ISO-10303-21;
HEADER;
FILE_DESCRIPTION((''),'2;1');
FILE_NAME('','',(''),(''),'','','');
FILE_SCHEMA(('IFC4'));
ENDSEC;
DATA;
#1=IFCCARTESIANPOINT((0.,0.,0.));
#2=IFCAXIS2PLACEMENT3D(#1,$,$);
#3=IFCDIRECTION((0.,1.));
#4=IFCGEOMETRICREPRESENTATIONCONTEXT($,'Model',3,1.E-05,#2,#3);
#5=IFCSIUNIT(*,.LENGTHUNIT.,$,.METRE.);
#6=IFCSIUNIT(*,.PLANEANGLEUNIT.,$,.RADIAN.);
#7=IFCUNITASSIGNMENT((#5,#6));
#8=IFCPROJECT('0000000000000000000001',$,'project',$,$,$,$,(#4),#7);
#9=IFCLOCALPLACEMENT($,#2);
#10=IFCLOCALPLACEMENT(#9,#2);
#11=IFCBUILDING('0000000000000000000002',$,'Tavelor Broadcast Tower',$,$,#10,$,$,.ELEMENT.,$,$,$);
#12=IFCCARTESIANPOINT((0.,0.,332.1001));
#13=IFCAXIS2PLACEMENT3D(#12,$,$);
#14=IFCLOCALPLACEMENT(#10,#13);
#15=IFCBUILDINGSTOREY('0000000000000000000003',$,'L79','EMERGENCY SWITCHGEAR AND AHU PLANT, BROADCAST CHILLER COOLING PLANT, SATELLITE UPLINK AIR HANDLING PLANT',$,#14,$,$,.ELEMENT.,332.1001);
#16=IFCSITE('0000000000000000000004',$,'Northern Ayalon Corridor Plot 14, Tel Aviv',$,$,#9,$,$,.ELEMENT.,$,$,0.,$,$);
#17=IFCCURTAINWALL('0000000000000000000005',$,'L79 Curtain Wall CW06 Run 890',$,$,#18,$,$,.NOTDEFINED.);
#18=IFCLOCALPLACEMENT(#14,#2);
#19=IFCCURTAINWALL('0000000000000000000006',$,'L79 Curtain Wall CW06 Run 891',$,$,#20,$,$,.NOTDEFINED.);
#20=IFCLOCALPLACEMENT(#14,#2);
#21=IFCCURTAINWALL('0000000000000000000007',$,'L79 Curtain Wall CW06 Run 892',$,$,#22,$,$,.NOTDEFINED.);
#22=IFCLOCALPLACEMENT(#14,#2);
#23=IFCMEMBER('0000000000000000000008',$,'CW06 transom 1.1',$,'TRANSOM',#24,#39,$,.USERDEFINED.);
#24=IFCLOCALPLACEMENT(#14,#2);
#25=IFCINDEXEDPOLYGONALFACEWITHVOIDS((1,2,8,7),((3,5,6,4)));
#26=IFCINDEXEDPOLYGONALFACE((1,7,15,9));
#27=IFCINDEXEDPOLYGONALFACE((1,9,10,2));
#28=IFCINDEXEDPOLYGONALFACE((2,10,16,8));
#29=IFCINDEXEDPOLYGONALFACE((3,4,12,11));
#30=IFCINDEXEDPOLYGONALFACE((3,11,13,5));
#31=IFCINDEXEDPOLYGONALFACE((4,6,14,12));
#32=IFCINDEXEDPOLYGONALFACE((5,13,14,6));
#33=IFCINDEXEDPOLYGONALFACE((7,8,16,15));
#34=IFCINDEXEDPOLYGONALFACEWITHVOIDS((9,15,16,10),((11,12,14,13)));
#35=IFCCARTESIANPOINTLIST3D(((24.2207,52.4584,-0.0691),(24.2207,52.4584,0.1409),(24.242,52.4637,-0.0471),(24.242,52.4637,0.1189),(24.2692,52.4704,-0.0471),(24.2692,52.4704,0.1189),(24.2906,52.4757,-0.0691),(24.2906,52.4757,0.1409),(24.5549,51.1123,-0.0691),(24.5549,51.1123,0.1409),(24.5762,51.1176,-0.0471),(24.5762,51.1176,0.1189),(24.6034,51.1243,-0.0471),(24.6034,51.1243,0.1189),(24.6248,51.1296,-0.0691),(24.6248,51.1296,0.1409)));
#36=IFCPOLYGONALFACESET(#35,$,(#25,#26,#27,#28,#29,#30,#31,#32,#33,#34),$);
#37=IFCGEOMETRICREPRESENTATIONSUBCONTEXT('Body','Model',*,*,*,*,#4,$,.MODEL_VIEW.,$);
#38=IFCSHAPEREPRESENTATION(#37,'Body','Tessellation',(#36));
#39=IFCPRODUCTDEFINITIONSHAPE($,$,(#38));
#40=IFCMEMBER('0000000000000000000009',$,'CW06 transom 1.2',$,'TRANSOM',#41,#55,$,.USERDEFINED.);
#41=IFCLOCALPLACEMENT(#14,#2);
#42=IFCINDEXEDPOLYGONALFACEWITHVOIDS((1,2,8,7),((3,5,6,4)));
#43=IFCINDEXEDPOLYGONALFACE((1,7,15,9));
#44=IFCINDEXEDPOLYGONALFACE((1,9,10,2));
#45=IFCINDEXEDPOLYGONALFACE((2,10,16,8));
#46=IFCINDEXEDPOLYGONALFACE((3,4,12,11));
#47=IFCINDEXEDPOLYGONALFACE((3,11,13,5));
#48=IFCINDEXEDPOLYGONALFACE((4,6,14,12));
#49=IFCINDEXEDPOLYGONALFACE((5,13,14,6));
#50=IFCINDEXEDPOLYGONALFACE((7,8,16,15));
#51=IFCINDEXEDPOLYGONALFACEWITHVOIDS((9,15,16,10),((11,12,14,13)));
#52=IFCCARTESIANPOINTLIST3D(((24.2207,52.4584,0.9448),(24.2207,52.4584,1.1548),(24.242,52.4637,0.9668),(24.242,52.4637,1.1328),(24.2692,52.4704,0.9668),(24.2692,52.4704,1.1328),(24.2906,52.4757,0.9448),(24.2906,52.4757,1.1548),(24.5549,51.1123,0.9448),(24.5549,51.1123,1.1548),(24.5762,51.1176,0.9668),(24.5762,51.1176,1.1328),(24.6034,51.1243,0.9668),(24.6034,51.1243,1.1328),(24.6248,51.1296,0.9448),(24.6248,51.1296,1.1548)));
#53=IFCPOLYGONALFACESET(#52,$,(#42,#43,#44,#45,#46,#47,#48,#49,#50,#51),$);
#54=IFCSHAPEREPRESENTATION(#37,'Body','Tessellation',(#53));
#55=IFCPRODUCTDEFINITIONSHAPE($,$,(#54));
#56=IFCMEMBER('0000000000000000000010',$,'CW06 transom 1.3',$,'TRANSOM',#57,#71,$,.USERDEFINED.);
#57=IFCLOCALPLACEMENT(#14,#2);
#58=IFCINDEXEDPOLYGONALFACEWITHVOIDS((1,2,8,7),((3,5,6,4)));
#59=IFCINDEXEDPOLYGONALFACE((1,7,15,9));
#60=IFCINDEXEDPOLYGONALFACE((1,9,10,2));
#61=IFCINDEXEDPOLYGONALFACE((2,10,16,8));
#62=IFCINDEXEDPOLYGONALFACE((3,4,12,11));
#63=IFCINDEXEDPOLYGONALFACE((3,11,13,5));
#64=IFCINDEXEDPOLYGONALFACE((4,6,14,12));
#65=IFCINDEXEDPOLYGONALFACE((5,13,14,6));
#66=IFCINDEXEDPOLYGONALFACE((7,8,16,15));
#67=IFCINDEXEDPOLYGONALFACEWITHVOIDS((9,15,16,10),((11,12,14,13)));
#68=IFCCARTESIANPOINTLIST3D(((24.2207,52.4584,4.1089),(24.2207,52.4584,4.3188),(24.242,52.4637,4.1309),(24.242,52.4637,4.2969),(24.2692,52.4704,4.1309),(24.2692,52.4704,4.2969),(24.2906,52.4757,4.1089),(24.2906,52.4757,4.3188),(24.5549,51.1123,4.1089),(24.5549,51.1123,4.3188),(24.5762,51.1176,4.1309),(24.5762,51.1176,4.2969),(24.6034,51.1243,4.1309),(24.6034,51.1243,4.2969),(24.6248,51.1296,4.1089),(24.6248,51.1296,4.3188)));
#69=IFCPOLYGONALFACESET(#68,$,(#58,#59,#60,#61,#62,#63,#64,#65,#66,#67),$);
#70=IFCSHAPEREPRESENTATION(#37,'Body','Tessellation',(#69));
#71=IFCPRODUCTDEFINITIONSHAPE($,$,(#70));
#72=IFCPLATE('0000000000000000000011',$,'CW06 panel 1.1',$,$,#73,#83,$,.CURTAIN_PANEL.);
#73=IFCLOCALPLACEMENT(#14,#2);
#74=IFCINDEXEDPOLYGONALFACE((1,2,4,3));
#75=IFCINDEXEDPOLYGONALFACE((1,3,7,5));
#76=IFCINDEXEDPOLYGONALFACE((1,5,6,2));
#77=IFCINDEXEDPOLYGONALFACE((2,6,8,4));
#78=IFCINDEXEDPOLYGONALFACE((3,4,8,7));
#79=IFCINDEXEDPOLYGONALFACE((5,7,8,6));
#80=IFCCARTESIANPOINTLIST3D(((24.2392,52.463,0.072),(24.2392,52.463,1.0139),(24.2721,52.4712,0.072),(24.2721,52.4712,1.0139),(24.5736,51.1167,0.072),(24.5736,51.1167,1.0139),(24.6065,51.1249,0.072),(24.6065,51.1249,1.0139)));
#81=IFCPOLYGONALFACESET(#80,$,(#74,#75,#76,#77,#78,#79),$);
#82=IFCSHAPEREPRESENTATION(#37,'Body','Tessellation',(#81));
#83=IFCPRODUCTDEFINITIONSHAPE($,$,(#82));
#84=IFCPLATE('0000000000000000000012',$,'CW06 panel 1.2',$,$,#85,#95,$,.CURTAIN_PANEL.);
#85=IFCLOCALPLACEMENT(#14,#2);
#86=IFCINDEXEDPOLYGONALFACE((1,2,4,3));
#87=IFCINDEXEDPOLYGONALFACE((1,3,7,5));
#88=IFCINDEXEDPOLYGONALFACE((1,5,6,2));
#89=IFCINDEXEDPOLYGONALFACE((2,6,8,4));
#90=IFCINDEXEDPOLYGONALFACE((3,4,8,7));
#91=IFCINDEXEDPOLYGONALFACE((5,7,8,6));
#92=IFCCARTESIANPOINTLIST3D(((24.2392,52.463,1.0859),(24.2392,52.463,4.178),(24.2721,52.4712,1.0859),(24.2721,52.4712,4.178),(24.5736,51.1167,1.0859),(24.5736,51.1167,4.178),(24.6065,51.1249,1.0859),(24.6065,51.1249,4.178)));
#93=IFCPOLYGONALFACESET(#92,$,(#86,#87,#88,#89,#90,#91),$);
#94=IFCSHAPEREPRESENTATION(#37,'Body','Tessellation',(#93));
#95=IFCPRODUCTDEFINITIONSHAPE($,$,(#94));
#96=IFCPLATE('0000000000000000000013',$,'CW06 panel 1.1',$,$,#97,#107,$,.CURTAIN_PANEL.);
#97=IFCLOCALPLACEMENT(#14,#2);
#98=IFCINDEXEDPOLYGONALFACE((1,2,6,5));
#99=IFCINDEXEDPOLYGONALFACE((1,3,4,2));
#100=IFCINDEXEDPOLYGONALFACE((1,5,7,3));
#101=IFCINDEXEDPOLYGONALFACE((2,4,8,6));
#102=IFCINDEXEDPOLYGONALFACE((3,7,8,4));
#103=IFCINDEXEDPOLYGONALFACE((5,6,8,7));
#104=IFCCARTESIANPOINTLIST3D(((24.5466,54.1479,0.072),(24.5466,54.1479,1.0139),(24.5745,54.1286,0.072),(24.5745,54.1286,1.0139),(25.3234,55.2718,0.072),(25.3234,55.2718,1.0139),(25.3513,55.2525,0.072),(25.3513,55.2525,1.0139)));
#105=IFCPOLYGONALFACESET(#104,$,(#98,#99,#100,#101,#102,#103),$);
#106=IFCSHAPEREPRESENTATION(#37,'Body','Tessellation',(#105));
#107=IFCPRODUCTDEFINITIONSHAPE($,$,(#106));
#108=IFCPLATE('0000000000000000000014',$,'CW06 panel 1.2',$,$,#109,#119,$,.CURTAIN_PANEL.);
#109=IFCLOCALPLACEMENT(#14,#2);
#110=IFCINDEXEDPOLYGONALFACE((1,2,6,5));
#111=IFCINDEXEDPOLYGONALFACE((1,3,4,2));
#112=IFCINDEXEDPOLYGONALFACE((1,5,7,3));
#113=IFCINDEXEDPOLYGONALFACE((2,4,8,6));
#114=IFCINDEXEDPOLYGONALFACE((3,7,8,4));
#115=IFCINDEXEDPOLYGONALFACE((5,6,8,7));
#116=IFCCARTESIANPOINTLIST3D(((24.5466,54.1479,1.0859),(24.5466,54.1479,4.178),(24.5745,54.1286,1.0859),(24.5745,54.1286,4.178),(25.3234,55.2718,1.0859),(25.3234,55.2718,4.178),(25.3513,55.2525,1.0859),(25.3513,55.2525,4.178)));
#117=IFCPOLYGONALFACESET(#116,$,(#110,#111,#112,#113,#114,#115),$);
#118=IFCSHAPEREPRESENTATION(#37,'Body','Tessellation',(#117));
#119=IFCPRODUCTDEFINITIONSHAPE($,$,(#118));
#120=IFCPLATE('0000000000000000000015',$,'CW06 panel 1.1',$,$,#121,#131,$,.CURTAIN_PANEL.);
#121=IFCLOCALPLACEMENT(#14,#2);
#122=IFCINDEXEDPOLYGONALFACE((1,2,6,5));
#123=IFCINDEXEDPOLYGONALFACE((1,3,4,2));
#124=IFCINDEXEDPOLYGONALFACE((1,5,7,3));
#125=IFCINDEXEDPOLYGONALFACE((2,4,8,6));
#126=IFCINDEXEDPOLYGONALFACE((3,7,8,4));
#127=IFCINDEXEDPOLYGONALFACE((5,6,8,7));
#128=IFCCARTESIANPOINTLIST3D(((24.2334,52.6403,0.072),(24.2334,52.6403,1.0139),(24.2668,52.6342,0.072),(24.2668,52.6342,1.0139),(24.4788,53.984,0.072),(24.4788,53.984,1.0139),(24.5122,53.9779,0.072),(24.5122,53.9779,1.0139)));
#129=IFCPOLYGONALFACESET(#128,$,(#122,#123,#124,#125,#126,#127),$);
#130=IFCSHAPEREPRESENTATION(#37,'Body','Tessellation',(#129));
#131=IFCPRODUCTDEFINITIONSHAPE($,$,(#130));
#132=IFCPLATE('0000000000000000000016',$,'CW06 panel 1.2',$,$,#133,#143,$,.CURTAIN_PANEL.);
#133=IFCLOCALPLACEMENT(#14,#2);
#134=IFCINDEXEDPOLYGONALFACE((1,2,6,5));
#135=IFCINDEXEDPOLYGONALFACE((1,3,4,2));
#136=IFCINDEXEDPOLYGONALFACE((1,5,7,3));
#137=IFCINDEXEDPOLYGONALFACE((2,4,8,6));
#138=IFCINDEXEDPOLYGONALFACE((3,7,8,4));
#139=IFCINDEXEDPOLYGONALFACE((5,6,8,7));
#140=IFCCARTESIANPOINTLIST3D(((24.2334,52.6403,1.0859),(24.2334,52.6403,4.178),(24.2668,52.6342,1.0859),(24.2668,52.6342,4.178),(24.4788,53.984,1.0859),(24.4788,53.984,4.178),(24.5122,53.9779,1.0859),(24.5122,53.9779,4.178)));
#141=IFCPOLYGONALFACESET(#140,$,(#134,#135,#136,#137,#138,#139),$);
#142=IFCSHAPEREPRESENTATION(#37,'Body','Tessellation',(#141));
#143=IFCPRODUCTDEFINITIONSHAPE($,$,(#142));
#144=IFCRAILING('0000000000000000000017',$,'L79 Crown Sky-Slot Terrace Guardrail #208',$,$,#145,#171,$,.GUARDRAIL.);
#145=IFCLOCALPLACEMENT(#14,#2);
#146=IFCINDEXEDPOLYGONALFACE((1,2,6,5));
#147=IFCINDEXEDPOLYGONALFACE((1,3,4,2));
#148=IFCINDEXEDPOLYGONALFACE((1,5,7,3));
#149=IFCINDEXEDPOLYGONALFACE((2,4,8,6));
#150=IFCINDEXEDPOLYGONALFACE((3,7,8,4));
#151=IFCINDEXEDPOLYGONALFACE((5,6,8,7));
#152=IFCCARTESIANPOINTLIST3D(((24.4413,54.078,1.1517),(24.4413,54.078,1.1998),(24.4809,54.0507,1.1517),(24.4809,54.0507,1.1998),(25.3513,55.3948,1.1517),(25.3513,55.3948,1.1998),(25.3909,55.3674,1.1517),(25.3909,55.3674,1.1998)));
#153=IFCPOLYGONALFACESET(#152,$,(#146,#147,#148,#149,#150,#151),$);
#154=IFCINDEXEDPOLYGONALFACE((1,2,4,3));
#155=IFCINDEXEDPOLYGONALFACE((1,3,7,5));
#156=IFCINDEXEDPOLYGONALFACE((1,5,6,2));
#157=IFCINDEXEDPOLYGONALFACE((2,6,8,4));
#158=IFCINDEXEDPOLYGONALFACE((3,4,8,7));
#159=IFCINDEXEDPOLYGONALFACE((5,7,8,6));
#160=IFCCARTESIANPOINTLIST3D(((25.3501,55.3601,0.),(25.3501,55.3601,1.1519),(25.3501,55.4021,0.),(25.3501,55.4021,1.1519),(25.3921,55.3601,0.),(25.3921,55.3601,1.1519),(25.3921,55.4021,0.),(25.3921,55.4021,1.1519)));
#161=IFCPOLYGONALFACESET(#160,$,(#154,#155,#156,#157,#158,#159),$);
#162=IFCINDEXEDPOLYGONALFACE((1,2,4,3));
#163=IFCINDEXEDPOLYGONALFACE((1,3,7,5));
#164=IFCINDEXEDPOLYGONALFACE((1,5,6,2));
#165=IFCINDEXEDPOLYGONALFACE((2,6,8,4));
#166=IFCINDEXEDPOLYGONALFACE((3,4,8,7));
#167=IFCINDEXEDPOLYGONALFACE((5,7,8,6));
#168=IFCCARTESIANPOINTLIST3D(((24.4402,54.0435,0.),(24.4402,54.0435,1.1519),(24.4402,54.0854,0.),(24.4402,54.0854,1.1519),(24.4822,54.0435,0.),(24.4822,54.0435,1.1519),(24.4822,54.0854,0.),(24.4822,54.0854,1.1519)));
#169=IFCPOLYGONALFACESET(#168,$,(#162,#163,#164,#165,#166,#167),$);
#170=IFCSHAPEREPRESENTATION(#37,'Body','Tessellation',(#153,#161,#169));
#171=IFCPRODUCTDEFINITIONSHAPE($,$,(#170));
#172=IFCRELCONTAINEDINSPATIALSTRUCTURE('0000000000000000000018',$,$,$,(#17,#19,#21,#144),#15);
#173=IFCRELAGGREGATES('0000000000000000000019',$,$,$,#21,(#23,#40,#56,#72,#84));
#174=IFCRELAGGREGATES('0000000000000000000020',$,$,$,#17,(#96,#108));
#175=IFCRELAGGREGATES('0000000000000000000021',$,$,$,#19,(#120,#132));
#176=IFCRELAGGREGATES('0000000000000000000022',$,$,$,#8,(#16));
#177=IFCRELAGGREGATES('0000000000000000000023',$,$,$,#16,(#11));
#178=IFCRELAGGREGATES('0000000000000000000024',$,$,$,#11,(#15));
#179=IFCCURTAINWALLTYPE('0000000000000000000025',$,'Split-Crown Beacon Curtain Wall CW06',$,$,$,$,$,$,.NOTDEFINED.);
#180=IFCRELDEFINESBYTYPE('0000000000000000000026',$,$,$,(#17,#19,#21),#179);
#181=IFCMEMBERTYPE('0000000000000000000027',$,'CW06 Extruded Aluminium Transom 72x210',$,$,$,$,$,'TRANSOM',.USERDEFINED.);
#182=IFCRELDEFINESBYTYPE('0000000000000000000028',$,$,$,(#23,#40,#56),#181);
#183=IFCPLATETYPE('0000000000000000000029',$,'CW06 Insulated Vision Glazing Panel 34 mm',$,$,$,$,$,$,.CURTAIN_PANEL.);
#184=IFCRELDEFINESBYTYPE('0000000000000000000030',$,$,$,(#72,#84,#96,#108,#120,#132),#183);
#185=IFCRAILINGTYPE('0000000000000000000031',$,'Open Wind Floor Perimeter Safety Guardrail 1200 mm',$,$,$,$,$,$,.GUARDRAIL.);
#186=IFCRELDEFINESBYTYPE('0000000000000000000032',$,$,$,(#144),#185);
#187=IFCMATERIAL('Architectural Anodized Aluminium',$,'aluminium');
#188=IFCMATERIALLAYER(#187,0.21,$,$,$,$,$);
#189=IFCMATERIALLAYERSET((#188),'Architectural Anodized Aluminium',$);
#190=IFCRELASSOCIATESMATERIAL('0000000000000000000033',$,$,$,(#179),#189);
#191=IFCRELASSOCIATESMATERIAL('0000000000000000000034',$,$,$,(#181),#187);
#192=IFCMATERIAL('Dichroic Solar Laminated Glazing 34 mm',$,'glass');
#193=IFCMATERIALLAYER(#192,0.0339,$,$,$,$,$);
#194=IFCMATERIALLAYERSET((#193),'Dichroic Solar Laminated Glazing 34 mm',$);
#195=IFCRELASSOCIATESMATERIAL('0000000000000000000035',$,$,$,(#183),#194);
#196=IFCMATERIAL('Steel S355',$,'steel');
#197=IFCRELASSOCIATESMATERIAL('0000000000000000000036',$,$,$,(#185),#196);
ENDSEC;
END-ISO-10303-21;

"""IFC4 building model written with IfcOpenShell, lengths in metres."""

from ifc_helpers import new_model, si_unit, direction, frame, origin, origin_2d, place, context, subcontext, project, spatial, rectangle, hollow_rectangle, extrude, source, transform, mapped, material, layer, layer_set, material_profile, profile_set, type_object, type_shapes, element, aggregate, save


model = new_model("IFC4")

# Units and contexts
model_context = context("Model", 3, precision=1e-05, world=origin(), true_north=direction((0.0, 1.0)))
body_context = subcontext(model_context, "Body", "Model", "MODEL_VIEW")
ifc_project = project(units=[si_unit("LENGTHUNIT", "METRE"), si_unit("PLANEANGLEUNIT", "RADIAN")], contexts=[model_context])

# Site, building, storey
site_placement = place(None, origin())
site = spatial("IfcSite", under=ifc_project, at=site_placement, Name="Northern Ayalon Corridor Plot 14, Tel Aviv", CompositionType="ELEMENT", RefElevation=0.0)
building_placement = place(site_placement, origin())
building = spatial("IfcBuilding", under=site, at=building_placement, Name="Tavelor Broadcast Tower", CompositionType="ELEMENT")
storey_placement = place(building_placement, frame((0.0, 0.0, 332.1001)))
storey = spatial("IfcBuildingStorey", under=building, at=storey_placement, Name="L79", Description="EMERGENCY SWITCHGEAR AND AHU PLANT, BROADCAST CHILLER COOLING PLANT, SATELLITE UPLINK AIR HANDLING PLANT", CompositionType="ELEMENT", Elevation=332.1001)

# Curtain walls
ifc_material_1 = material(Name="Architectural Anodized Aluminium", Category="aluminium")
ifc_layer_1 = layer(ifc_material_1, 0.21)
ifc_layer_set_1 = layer_set([ifc_layer_1], Name="Architectural Anodized Aluminium")
curtain_wall_type = type_object("IfcCurtainWallType", Name="Split-Crown Beacon Curtain Wall CW06", PredefinedType="NOTDEFINED", material=ifc_layer_set_1)
curtain_wall_1_placement = place(storey_placement, origin())
curtain_wall_1 = element("IfcCurtainWall", 1, at=curtain_wall_1_placement, inside=storey, type_object=curtain_wall_type, Name="L79 Curtain Wall CW06 Run 890", PredefinedType="NOTDEFINED")
curtain_wall_2_placement = place(storey_placement, origin())
curtain_wall_2 = element("IfcCurtainWall", 2, at=curtain_wall_2_placement, inside=storey, type_object=curtain_wall_type, Name="L79 Curtain Wall CW06 Run 891", PredefinedType="NOTDEFINED")

# Curtain wall
curtain_wall_3_placement = place(storey_placement, origin())
curtain_wall_3 = element("IfcCurtainWall", 3, at=curtain_wall_3_placement, inside=storey, type_object=curtain_wall_type, Name="L79 Curtain Wall CW06 Run 892", PredefinedType="NOTDEFINED")

# Members
ifc_material_profile_1 = material_profile(ifc_material_1, hollow_rectangle(XDim=0.072, YDim=0.21, WallThickness=0.022, at=origin_2d()), Name="RHS 72x210x22")
ifc_profile_set_1 = profile_set([ifc_material_profile_1], Name="Architectural Anodized Aluminium")
member_type_1 = type_object("IfcMemberType", Name="CW06 Extruded Aluminium Transom 72x210", ElementType="TRANSOM", PredefinedType="USERDEFINED", material=ifc_profile_set_1)
shared_shape_1 = source(origin(), body_context, "Body", "SweptSolid", [
    extrude(hollow_rectangle(XDim=0.072, YDim=0.21, WallThickness=0.022, at=origin_2d()), origin(), (0.0, 0.0, 1.0), 1.387),
])
member_1_placement = place(storey_placement, frame((24.2556, 52.467, 0.0359), z_axis=(0.240962, -0.970535, 0.0), x_axis=(0.970535, 0.240962, 0.0)))
member_1 = element("IfcMember", 4, at=member_1_placement, type_object=member_type_1, Name="CW06 transom 1.1", ObjectType="TRANSOM", PredefinedType="USERDEFINED", context=body_context, shape_type="MappedRepresentation", body=[
    mapped(shared_shape_1, transform((0.0, 0.0, 0.0), scale=1.0)),
])
member_2_placement = place(storey_placement, frame((24.2556, 52.467, 1.0498), z_axis=(0.240962, -0.970535, 0.0), x_axis=(0.970535, 0.240962, 0.0)))
member_2 = element("IfcMember", 5, at=member_2_placement, type_object=member_type_1, Name="CW06 transom 1.2", ObjectType="TRANSOM", PredefinedType="USERDEFINED", context=body_context, shape_type="MappedRepresentation", body=[
    mapped(shared_shape_1, transform((0.0, 0.0, 0.0), scale=1.0)),
])
member_3_placement = place(storey_placement, frame((24.2556, 52.467, 4.2139), z_axis=(0.240962, -0.970535, 0.0), x_axis=(0.970535, 0.240962, 0.0)))
member_3 = element("IfcMember", 6, at=member_3_placement, type_object=member_type_1, Name="CW06 transom 1.3", ObjectType="TRANSOM", PredefinedType="USERDEFINED", context=body_context, shape_type="MappedRepresentation", body=[
    mapped(shared_shape_1, transform((0.0, 0.0, 0.0), scale=1.0)),
])

# Plates
ifc_material_2 = material(Name="Dichroic Solar Laminated Glazing 34 mm", Category="glass")
ifc_layer_2 = layer(ifc_material_2, 0.0339)
ifc_layer_set_2 = layer_set([ifc_layer_2], Name="Dichroic Solar Laminated Glazing 34 mm")
plate_type = type_object("IfcPlateType", Name="CW06 Insulated Vision Glazing Panel 34 mm", PredefinedType="CURTAIN_PANEL", material=ifc_layer_set_2)
shared_shape_2 = source(origin(), body_context, "Body", "SweptSolid", [
    extrude(rectangle(XDim=1.3872, YDim=0.0339, at=origin_2d()), origin(), (0.0, 0.0, 1.0), 0.9419),
])
plate_1_placement = place(storey_placement, frame((24.4229, 51.7939, 0.072), z_axis=(0.0, 0.0, 1.0), x_axis=(0.24106, -0.97051, 0.0)))
plate_1 = element("IfcPlate", 7, at=plate_1_placement, type_object=plate_type, Name="CW06 panel 1.1", PredefinedType="CURTAIN_PANEL", context=body_context, shape_type="MappedRepresentation", body=[
    mapped(shared_shape_2, transform((0.0, 0.0, 0.0), scale=1.0)),
])
shared_shape_3 = source(origin(), body_context, "Body", "SweptSolid", [
    extrude(rectangle(XDim=1.3872, YDim=0.0339, at=origin_2d()), origin(), (0.0, 0.0, 1.0), 3.092),
])
plate_2_placement = place(storey_placement, frame((24.4229, 51.7939, 1.0859), z_axis=(0.0, 0.0, 1.0), x_axis=(0.24106, -0.97051, 0.0)))
plate_2 = element("IfcPlate", 8, at=plate_2_placement, type_object=plate_type, Name="CW06 panel 1.2", PredefinedType="CURTAIN_PANEL", context=body_context, shape_type="MappedRepresentation", body=[
    mapped(shared_shape_3, transform((0.0, 0.0, 0.0), scale=1.0)),
])
aggregate(curtain_wall_3, [member_1, member_2, member_3, plate_1, plate_2])
shared_shape_4 = source(origin(), body_context, "Body", "SweptSolid", [
    extrude(rectangle(XDim=1.3662, YDim=0.0339, at=origin_2d()), origin(), (0.0, 0.0, 1.0), 0.9419),
])
plate_3_placement = place(storey_placement, frame((24.949, 54.7002, 0.072), z_axis=(0.0, 0.0, 1.0), x_axis=(-0.568573, -0.822633, 0.0)))
plate_3 = element("IfcPlate", 9, at=plate_3_placement, type_object=plate_type, Name="CW06 panel 1.1", PredefinedType="CURTAIN_PANEL", context=body_context, shape_type="MappedRepresentation", body=[
    mapped(shared_shape_4, transform((0.0, 0.0, 0.0), scale=1.0)),
])
shared_shape_5 = source(origin(), body_context, "Body", "SweptSolid", [
    extrude(rectangle(XDim=1.3662, YDim=0.0339, at=origin_2d()), origin(), (0.0, 0.0, 1.0), 3.092),
])
plate_4_placement = place(storey_placement, frame((24.949, 54.7002, 1.0859), z_axis=(0.0, 0.0, 1.0), x_axis=(-0.568573, -0.822633, 0.0)))
plate_4 = element("IfcPlate", 10, at=plate_4_placement, type_object=plate_type, Name="CW06 panel 1.2", PredefinedType="CURTAIN_PANEL", context=body_context, shape_type="MappedRepresentation", body=[
    mapped(shared_shape_5, transform((0.0, 0.0, 0.0), scale=1.0)),
])
aggregate(curtain_wall_1, [plate_3, plate_4])
shared_shape_6 = source(origin(), body_context, "Body", "SweptSolid", [
    extrude(rectangle(XDim=1.366, YDim=0.0339, at=origin_2d()), origin(), (0.0, 0.0, 1.0), 0.9419),
])
plate_5_placement = place(storey_placement, frame((24.3728, 53.3091, 0.072), z_axis=(0.0, 0.0, 1.0), x_axis=(-0.17966, -0.983729, 0.0)))
plate_5 = element("IfcPlate", 11, at=plate_5_placement, type_object=plate_type, Name="CW06 panel 1.1", PredefinedType="CURTAIN_PANEL", context=body_context, shape_type="MappedRepresentation", body=[
    mapped(shared_shape_6, transform((0.0, 0.0, 0.0), scale=1.0)),
])
shared_shape_7 = source(origin(), body_context, "Body", "SweptSolid", [
    extrude(rectangle(XDim=1.366, YDim=0.0339, at=origin_2d()), origin(), (0.0, 0.0, 1.0), 3.092),
])
type_shapes(plate_type, [shared_shape_2, shared_shape_3, shared_shape_4, shared_shape_5, shared_shape_6, shared_shape_7])
plate_6_placement = place(storey_placement, frame((24.3728, 53.3091, 1.0859), z_axis=(0.0, 0.0, 1.0), x_axis=(-0.17966, -0.983729, 0.0)))
plate_6 = element("IfcPlate", 12, at=plate_6_placement, type_object=plate_type, Name="CW06 panel 1.2", PredefinedType="CURTAIN_PANEL", context=body_context, shape_type="MappedRepresentation", body=[
    mapped(shared_shape_7, transform((0.0, 0.0, 0.0), scale=1.0)),
])
aggregate(curtain_wall_2, [plate_5, plate_6])

# Railing
ifc_material_3 = material(Name="Steel S355", Category="steel")
railing_type = type_object("IfcRailingType", Name="Open Wind Floor Perimeter Safety Guardrail 1200 mm", PredefinedType="GUARDRAIL", material=ifc_material_3)
railing_1_placement = place(storey_placement, frame((25.3711, 55.3811, 0.0)))
element("IfcRailing", 13, at=railing_1_placement, inside=storey, type_object=railing_type, Name="L79 Crown Sky-Slot Terrace Guardrail #208", PredefinedType="GUARDRAIL", context=body_context, shape_type="SweptSolid", body=[
    extrude(rectangle(XDim=0.0481, YDim=0.0481, at=origin_2d()), frame((0.0, 0.0, 1.1758), z_axis=(-0.568528, -0.822664, 0.0), x_axis=(0.822664, -0.568528, 0.0)), (0.0, 0.0, 1.0), 1.6006),
    extrude(rectangle(XDim=0.042, YDim=0.042, at=origin_2d()), origin(), (0.0, 0.0, 1.0), 1.1519),
    extrude(rectangle(XDim=0.042, YDim=0.042, at=origin_2d()), frame((-0.9099, -1.3167, 0.0)), (0.0, 0.0, 1.0), 1.1519),
])

save(model, "model.ifc")
